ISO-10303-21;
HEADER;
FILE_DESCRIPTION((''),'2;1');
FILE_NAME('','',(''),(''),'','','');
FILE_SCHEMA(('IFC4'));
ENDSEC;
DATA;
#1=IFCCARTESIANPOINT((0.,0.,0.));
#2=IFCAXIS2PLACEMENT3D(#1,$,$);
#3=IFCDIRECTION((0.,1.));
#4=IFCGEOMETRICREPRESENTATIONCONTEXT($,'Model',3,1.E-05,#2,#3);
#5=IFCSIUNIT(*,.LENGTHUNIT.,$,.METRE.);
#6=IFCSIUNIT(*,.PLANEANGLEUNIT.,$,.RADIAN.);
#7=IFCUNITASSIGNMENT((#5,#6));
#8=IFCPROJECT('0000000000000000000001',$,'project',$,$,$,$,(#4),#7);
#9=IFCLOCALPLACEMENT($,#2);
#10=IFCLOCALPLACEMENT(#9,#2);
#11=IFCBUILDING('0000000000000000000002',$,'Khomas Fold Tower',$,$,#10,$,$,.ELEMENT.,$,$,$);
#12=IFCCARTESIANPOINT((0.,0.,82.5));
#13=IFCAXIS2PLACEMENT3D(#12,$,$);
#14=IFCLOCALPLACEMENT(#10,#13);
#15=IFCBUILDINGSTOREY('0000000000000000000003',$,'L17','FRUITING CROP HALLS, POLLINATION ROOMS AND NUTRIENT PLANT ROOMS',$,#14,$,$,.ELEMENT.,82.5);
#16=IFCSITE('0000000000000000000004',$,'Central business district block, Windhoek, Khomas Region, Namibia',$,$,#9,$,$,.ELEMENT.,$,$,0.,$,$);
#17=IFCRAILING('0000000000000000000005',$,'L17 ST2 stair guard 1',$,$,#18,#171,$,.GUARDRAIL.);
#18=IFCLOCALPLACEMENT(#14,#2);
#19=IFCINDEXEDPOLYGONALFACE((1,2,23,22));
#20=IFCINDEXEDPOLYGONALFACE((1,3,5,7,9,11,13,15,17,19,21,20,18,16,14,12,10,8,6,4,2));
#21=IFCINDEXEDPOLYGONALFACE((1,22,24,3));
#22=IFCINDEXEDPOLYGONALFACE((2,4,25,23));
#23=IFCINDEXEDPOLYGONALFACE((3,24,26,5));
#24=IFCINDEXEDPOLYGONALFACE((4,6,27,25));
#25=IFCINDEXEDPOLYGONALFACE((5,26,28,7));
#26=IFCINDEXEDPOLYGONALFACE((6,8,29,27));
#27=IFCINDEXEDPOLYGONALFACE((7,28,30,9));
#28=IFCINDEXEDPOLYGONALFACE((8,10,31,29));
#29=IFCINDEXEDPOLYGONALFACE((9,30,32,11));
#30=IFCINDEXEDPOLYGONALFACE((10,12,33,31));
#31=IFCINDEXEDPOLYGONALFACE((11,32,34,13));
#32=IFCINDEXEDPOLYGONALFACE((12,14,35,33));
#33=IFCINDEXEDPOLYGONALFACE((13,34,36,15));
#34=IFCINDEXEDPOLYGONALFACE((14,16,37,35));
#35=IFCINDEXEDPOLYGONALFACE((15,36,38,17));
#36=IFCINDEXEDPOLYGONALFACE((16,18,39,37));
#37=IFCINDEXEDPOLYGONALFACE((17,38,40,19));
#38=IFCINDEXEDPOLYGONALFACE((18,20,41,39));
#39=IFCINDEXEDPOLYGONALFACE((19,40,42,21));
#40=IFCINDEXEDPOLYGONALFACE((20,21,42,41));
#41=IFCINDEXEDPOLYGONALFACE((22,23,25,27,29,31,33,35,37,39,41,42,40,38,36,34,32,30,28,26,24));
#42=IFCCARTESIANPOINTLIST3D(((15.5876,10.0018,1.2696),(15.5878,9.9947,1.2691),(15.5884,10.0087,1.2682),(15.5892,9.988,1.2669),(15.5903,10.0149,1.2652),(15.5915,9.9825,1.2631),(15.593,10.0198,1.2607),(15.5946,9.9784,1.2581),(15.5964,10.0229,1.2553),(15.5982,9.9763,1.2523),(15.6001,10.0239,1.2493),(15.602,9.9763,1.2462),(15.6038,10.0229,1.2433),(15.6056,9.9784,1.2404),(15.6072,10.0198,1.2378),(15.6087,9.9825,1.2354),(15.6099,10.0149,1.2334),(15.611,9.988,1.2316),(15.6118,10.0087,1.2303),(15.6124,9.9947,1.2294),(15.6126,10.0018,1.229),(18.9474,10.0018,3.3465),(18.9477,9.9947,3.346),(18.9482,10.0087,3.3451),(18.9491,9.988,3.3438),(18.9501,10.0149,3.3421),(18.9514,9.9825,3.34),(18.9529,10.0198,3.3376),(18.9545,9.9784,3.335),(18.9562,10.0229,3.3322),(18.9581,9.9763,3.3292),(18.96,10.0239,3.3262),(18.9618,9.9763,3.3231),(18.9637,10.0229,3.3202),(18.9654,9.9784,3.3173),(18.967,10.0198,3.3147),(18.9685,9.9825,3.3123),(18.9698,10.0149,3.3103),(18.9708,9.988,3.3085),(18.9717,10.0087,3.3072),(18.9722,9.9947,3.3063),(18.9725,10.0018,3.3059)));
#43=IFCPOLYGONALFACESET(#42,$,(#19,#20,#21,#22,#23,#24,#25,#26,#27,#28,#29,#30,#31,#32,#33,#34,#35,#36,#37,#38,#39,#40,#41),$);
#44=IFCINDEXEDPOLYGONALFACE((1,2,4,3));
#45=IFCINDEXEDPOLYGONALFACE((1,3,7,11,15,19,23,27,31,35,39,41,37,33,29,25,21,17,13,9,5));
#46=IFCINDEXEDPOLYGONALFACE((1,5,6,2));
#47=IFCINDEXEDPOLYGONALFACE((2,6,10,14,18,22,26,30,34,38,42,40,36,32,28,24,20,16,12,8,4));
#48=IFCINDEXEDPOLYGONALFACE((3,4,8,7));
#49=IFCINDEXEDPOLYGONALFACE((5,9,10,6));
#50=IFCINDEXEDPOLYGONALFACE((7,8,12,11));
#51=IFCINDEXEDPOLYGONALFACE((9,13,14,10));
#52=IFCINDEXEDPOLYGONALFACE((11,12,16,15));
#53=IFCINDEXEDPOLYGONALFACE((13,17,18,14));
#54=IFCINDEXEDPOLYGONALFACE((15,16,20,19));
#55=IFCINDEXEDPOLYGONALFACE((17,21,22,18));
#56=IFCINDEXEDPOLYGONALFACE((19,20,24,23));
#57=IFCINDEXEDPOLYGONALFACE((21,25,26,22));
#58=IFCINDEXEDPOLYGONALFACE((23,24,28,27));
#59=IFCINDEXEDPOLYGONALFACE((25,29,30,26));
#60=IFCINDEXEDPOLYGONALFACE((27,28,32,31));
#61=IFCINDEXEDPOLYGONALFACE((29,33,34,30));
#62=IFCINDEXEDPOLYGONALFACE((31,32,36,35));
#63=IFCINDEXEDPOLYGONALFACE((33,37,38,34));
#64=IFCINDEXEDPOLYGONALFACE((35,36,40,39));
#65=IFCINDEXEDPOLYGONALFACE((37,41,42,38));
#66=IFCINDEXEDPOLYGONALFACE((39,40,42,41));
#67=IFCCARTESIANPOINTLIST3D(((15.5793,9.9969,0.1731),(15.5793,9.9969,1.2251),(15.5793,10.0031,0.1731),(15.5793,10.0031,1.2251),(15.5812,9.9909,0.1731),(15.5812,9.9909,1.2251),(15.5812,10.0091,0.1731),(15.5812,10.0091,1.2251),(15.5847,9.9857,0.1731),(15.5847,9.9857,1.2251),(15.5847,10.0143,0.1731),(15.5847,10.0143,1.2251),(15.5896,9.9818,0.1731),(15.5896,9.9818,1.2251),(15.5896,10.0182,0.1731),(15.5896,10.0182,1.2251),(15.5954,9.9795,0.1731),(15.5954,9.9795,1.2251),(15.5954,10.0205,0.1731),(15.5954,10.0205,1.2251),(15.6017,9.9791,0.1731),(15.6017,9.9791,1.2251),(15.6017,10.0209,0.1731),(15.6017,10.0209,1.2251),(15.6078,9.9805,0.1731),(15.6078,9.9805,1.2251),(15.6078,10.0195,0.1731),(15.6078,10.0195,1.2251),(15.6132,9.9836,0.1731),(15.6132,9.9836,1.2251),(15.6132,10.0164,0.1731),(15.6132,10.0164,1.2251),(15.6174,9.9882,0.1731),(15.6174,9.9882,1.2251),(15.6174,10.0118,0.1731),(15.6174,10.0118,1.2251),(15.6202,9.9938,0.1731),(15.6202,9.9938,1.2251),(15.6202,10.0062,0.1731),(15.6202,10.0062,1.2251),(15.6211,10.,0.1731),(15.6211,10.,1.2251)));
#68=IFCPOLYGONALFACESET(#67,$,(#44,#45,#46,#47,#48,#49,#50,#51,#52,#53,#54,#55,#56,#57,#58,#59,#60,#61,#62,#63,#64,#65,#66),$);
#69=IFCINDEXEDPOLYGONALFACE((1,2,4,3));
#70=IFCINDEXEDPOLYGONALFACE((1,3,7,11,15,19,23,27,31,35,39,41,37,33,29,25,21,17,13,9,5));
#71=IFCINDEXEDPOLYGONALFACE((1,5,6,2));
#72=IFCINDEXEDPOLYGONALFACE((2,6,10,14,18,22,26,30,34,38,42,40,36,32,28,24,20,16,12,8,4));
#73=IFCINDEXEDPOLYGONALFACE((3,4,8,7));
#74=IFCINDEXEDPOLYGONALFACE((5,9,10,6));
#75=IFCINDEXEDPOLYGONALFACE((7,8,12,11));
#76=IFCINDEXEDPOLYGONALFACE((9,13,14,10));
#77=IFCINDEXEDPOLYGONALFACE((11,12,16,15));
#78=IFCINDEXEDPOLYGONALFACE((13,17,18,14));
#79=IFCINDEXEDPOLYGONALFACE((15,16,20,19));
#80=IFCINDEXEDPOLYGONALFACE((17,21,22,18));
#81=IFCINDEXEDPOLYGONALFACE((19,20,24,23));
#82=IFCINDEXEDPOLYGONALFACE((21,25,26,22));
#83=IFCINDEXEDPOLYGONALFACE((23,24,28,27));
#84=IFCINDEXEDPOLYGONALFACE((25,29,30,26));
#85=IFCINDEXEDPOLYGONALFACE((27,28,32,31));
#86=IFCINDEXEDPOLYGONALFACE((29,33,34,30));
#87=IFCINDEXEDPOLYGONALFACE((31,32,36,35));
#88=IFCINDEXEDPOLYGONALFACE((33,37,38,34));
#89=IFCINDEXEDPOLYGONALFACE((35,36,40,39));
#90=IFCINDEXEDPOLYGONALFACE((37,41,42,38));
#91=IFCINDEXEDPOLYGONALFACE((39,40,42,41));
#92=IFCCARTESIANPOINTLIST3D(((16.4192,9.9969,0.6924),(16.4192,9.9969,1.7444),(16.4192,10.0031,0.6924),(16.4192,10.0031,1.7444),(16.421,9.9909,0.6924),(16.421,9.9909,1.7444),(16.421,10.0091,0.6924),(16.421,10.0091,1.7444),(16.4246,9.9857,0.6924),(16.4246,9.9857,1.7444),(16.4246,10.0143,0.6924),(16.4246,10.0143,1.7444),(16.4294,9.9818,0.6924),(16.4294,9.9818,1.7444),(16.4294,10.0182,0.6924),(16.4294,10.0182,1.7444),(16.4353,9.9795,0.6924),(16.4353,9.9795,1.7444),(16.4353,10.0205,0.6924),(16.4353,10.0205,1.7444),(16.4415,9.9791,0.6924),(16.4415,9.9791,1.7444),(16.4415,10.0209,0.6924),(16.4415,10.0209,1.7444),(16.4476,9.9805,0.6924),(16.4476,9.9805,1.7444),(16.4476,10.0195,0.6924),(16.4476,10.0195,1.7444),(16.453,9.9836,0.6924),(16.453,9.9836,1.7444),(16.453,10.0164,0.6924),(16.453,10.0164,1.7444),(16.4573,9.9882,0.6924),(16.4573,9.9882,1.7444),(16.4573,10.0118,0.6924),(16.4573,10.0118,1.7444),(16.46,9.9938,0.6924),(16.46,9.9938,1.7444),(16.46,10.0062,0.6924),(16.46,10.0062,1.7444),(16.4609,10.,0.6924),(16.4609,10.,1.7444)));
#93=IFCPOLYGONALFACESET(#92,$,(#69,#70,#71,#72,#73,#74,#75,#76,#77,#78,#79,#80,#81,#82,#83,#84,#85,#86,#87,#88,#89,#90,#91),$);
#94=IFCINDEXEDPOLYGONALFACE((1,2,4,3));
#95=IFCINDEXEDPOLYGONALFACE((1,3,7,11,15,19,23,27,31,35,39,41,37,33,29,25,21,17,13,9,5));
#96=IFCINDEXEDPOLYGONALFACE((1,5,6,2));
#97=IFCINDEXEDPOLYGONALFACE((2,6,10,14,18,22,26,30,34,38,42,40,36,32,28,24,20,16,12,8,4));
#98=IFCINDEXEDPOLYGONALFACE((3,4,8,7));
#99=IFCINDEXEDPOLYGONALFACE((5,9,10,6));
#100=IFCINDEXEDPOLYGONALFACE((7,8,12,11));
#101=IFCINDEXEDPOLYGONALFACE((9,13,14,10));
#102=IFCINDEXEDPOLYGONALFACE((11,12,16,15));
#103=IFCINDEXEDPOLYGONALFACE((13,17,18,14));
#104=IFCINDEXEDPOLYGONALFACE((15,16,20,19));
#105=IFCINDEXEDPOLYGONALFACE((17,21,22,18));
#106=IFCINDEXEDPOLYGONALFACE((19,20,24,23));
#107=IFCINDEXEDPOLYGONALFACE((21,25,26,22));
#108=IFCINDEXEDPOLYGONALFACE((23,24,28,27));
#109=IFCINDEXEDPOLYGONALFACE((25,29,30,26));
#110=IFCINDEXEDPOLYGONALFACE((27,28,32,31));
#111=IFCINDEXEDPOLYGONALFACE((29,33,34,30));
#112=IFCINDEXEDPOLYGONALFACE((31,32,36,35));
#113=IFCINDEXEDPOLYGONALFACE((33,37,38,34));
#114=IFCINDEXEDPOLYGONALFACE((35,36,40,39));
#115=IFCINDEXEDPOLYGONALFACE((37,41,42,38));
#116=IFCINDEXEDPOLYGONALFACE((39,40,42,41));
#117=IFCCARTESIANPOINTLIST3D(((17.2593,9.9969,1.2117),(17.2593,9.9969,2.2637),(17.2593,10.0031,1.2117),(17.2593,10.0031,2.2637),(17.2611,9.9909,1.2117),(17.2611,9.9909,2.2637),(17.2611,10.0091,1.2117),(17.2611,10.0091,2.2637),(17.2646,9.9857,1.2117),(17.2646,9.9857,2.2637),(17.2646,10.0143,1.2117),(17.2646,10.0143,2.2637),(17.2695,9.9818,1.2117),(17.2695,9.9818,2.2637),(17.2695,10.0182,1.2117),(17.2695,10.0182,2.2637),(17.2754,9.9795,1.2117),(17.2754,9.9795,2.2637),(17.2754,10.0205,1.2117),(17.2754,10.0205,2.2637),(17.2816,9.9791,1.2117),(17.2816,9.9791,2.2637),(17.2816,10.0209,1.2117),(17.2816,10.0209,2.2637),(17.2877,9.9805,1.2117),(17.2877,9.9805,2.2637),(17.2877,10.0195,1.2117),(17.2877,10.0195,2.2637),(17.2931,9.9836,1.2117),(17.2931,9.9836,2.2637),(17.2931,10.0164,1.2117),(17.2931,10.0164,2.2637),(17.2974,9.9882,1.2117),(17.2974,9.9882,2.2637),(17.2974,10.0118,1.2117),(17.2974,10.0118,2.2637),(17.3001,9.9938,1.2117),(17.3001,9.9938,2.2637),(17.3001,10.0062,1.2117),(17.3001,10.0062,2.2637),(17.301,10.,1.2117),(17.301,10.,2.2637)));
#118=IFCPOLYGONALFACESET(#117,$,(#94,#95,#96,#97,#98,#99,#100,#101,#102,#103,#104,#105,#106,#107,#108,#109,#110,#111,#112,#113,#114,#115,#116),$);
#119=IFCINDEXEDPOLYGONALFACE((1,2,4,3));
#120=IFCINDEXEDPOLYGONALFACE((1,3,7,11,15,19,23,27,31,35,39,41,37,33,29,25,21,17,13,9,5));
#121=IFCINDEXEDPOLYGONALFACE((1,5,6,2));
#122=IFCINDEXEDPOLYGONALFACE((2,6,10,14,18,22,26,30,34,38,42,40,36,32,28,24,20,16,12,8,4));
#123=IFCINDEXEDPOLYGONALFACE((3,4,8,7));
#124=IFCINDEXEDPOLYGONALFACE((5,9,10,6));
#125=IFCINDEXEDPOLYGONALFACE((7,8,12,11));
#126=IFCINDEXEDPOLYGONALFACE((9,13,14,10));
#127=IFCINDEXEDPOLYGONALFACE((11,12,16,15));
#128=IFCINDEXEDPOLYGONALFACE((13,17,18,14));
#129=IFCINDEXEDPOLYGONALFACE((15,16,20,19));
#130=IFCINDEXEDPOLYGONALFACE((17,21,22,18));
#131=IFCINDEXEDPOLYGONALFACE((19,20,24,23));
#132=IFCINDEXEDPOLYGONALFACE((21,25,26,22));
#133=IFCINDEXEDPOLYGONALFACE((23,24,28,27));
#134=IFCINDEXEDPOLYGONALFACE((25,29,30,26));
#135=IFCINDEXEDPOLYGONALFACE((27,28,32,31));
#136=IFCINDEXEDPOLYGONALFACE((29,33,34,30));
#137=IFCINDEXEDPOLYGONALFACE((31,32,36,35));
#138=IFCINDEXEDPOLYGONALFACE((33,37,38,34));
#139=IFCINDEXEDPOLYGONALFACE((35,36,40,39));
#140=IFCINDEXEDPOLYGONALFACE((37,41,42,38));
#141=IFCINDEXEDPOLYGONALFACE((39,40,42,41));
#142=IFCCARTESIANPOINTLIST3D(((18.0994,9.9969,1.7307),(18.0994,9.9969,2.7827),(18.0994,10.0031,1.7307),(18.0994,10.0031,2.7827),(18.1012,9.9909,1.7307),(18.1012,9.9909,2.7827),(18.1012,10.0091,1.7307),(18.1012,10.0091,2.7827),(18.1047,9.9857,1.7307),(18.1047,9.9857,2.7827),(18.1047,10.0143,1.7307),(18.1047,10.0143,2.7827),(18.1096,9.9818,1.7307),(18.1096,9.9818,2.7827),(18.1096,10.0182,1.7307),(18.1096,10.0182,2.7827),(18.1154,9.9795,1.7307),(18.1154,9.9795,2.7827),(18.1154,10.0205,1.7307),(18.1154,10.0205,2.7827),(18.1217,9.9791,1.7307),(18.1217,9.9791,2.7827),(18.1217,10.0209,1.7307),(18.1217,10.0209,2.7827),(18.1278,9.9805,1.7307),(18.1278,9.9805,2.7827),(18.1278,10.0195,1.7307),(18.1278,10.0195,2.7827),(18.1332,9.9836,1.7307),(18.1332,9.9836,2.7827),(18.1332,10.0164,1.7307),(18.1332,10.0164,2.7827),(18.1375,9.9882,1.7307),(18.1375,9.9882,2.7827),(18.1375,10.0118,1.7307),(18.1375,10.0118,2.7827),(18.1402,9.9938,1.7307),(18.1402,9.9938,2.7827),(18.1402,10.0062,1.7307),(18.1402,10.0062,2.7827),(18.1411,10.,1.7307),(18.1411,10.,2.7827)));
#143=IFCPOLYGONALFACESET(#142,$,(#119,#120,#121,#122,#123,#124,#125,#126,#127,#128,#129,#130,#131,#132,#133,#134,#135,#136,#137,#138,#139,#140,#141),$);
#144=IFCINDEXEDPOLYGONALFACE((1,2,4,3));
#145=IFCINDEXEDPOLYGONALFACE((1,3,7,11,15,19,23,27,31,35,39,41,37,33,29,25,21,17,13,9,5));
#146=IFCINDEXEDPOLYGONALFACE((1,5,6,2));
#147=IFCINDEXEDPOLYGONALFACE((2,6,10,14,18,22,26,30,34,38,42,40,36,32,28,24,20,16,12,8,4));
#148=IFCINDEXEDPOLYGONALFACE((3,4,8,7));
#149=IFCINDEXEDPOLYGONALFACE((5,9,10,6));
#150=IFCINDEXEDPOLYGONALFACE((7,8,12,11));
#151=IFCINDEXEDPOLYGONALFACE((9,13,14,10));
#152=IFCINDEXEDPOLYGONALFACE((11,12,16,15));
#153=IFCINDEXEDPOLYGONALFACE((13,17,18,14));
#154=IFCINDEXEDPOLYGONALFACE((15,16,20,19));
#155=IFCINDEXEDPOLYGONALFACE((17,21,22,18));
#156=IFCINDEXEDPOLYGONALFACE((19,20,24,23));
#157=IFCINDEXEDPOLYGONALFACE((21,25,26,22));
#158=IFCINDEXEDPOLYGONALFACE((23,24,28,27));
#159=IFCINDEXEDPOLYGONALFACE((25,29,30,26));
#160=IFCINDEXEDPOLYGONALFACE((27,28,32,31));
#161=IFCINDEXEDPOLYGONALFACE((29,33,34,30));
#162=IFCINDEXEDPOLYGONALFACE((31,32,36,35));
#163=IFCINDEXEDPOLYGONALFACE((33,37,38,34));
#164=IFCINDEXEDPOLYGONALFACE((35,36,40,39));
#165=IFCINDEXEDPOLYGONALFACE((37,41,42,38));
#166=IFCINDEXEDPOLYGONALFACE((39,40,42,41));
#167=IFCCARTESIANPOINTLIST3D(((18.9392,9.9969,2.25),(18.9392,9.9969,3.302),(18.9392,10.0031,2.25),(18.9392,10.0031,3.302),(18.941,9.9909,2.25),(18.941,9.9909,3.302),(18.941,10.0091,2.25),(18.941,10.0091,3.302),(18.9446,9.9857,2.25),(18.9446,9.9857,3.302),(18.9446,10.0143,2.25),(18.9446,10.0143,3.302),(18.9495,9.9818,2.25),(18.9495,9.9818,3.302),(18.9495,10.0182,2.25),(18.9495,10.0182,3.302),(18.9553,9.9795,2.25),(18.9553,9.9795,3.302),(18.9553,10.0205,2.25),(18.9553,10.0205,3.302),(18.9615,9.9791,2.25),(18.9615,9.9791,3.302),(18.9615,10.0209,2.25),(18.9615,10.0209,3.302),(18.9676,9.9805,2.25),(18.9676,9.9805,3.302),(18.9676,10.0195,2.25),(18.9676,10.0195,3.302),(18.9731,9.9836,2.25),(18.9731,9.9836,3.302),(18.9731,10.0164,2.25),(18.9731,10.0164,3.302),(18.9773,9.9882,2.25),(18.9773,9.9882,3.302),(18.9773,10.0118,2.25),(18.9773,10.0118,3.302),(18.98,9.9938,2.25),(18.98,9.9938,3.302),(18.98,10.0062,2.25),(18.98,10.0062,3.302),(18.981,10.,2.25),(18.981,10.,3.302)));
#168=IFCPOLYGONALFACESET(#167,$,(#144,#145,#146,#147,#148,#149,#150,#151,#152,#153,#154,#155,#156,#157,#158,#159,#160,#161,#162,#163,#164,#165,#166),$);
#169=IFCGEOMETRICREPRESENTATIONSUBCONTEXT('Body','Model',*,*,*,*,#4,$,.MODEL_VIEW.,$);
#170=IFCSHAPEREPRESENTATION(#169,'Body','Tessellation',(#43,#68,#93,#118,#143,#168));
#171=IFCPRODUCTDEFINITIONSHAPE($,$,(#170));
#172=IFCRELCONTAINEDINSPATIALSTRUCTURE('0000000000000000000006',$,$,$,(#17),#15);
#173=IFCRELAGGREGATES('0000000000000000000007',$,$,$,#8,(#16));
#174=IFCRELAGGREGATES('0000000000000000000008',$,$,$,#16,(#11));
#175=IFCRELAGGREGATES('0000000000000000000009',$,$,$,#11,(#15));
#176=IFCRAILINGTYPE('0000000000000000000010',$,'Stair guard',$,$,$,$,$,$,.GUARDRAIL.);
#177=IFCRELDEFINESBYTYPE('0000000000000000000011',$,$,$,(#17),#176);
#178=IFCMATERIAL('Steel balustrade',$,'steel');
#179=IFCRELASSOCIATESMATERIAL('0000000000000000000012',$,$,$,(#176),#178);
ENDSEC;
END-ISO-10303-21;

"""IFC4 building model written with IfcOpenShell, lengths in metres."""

from ifc_helpers import new_model, si_unit, direction, frame, origin, origin_2d, place, context, subcontext, project, spatial, circle, extrude, source, transform, mapped, material, type_object, element, save


model = new_model("IFC4")

# Units and contexts
model_context = context("Model", 3, precision=1e-05, world=origin(), true_north=direction((0.0, 1.0)))
body_context = subcontext(model_context, "Body", "Model", "MODEL_VIEW")
ifc_project = project(units=[si_unit("LENGTHUNIT", "METRE"), si_unit("PLANEANGLEUNIT", "RADIAN")], contexts=[model_context])

# Site, building, storey
site_placement = place(None, origin())
site = spatial("IfcSite", under=ifc_project, at=site_placement, Name="Central business district block, Windhoek, Khomas Region, Namibia", CompositionType="ELEMENT", RefElevation=0.0)
building_placement = place(site_placement, origin())
building = spatial("IfcBuilding", under=site, at=building_placement, Name="Khomas Fold Tower", CompositionType="ELEMENT")
storey_placement = place(building_placement, frame((0.0, 0.0, 82.5)))
storey = spatial("IfcBuildingStorey", under=building, at=storey_placement, Name="L17", Description="FRUITING CROP HALLS, POLLINATION ROOMS AND NUTRIENT PLANT ROOMS", CompositionType="ELEMENT", Elevation=82.5)

# Railing
ifc_material_1 = material(Name="Steel balustrade", Category="steel")
railing_type_1 = type_object("IfcRailingType", Name="Stair guard", PredefinedType="GUARDRAIL", material=ifc_material_1)
shared_shape_1 = source(origin(), body_context, "Body", "SweptSolid", [
    extrude(circle(Radius=0.0239, at=origin_2d()), frame((0.0, 0.0, 1.0762), z_axis=(0.850606, 0.0, 0.525803), x_axis=(0.0, 1.0, 0.0)), (0.0, 0.0, 1.0), 3.95),
    extrude(circle(Radius=0.021, at=origin_2d()), origin(), (0.0, 0.0, 1.0), 1.052),
    extrude(circle(Radius=0.021, at=origin_2d()), frame((0.8398, 0.0, 0.5193)), (0.0, 0.0, 1.0), 1.052),
    extrude(circle(Radius=0.021, at=origin_2d()), frame((1.6799, 0.0, 1.0386)), (0.0, 0.0, 1.0), 1.052),
    extrude(circle(Radius=0.021, at=origin_2d()), frame((2.52, 0.0, 1.5576)), (0.0, 0.0, 1.0), 1.052),
    extrude(circle(Radius=0.021, at=origin_2d()), frame((3.3599, 0.0, 2.0769)), (0.0, 0.0, 1.0), 1.052),
])
railing_1_placement = place(storey_placement, frame((15.6001, 10.0, 0.1731)))
element("IfcRailing", 1, at=railing_1_placement, inside=storey, type_object=railing_type_1, Name="L17 ST2 stair guard 1", PredefinedType="GUARDRAIL", context=body_context, shape_type="MappedRepresentation", body=[
    mapped(shared_shape_1, transform((0.0, 0.0, 0.0))),
])

save(model, "model.ifc")
